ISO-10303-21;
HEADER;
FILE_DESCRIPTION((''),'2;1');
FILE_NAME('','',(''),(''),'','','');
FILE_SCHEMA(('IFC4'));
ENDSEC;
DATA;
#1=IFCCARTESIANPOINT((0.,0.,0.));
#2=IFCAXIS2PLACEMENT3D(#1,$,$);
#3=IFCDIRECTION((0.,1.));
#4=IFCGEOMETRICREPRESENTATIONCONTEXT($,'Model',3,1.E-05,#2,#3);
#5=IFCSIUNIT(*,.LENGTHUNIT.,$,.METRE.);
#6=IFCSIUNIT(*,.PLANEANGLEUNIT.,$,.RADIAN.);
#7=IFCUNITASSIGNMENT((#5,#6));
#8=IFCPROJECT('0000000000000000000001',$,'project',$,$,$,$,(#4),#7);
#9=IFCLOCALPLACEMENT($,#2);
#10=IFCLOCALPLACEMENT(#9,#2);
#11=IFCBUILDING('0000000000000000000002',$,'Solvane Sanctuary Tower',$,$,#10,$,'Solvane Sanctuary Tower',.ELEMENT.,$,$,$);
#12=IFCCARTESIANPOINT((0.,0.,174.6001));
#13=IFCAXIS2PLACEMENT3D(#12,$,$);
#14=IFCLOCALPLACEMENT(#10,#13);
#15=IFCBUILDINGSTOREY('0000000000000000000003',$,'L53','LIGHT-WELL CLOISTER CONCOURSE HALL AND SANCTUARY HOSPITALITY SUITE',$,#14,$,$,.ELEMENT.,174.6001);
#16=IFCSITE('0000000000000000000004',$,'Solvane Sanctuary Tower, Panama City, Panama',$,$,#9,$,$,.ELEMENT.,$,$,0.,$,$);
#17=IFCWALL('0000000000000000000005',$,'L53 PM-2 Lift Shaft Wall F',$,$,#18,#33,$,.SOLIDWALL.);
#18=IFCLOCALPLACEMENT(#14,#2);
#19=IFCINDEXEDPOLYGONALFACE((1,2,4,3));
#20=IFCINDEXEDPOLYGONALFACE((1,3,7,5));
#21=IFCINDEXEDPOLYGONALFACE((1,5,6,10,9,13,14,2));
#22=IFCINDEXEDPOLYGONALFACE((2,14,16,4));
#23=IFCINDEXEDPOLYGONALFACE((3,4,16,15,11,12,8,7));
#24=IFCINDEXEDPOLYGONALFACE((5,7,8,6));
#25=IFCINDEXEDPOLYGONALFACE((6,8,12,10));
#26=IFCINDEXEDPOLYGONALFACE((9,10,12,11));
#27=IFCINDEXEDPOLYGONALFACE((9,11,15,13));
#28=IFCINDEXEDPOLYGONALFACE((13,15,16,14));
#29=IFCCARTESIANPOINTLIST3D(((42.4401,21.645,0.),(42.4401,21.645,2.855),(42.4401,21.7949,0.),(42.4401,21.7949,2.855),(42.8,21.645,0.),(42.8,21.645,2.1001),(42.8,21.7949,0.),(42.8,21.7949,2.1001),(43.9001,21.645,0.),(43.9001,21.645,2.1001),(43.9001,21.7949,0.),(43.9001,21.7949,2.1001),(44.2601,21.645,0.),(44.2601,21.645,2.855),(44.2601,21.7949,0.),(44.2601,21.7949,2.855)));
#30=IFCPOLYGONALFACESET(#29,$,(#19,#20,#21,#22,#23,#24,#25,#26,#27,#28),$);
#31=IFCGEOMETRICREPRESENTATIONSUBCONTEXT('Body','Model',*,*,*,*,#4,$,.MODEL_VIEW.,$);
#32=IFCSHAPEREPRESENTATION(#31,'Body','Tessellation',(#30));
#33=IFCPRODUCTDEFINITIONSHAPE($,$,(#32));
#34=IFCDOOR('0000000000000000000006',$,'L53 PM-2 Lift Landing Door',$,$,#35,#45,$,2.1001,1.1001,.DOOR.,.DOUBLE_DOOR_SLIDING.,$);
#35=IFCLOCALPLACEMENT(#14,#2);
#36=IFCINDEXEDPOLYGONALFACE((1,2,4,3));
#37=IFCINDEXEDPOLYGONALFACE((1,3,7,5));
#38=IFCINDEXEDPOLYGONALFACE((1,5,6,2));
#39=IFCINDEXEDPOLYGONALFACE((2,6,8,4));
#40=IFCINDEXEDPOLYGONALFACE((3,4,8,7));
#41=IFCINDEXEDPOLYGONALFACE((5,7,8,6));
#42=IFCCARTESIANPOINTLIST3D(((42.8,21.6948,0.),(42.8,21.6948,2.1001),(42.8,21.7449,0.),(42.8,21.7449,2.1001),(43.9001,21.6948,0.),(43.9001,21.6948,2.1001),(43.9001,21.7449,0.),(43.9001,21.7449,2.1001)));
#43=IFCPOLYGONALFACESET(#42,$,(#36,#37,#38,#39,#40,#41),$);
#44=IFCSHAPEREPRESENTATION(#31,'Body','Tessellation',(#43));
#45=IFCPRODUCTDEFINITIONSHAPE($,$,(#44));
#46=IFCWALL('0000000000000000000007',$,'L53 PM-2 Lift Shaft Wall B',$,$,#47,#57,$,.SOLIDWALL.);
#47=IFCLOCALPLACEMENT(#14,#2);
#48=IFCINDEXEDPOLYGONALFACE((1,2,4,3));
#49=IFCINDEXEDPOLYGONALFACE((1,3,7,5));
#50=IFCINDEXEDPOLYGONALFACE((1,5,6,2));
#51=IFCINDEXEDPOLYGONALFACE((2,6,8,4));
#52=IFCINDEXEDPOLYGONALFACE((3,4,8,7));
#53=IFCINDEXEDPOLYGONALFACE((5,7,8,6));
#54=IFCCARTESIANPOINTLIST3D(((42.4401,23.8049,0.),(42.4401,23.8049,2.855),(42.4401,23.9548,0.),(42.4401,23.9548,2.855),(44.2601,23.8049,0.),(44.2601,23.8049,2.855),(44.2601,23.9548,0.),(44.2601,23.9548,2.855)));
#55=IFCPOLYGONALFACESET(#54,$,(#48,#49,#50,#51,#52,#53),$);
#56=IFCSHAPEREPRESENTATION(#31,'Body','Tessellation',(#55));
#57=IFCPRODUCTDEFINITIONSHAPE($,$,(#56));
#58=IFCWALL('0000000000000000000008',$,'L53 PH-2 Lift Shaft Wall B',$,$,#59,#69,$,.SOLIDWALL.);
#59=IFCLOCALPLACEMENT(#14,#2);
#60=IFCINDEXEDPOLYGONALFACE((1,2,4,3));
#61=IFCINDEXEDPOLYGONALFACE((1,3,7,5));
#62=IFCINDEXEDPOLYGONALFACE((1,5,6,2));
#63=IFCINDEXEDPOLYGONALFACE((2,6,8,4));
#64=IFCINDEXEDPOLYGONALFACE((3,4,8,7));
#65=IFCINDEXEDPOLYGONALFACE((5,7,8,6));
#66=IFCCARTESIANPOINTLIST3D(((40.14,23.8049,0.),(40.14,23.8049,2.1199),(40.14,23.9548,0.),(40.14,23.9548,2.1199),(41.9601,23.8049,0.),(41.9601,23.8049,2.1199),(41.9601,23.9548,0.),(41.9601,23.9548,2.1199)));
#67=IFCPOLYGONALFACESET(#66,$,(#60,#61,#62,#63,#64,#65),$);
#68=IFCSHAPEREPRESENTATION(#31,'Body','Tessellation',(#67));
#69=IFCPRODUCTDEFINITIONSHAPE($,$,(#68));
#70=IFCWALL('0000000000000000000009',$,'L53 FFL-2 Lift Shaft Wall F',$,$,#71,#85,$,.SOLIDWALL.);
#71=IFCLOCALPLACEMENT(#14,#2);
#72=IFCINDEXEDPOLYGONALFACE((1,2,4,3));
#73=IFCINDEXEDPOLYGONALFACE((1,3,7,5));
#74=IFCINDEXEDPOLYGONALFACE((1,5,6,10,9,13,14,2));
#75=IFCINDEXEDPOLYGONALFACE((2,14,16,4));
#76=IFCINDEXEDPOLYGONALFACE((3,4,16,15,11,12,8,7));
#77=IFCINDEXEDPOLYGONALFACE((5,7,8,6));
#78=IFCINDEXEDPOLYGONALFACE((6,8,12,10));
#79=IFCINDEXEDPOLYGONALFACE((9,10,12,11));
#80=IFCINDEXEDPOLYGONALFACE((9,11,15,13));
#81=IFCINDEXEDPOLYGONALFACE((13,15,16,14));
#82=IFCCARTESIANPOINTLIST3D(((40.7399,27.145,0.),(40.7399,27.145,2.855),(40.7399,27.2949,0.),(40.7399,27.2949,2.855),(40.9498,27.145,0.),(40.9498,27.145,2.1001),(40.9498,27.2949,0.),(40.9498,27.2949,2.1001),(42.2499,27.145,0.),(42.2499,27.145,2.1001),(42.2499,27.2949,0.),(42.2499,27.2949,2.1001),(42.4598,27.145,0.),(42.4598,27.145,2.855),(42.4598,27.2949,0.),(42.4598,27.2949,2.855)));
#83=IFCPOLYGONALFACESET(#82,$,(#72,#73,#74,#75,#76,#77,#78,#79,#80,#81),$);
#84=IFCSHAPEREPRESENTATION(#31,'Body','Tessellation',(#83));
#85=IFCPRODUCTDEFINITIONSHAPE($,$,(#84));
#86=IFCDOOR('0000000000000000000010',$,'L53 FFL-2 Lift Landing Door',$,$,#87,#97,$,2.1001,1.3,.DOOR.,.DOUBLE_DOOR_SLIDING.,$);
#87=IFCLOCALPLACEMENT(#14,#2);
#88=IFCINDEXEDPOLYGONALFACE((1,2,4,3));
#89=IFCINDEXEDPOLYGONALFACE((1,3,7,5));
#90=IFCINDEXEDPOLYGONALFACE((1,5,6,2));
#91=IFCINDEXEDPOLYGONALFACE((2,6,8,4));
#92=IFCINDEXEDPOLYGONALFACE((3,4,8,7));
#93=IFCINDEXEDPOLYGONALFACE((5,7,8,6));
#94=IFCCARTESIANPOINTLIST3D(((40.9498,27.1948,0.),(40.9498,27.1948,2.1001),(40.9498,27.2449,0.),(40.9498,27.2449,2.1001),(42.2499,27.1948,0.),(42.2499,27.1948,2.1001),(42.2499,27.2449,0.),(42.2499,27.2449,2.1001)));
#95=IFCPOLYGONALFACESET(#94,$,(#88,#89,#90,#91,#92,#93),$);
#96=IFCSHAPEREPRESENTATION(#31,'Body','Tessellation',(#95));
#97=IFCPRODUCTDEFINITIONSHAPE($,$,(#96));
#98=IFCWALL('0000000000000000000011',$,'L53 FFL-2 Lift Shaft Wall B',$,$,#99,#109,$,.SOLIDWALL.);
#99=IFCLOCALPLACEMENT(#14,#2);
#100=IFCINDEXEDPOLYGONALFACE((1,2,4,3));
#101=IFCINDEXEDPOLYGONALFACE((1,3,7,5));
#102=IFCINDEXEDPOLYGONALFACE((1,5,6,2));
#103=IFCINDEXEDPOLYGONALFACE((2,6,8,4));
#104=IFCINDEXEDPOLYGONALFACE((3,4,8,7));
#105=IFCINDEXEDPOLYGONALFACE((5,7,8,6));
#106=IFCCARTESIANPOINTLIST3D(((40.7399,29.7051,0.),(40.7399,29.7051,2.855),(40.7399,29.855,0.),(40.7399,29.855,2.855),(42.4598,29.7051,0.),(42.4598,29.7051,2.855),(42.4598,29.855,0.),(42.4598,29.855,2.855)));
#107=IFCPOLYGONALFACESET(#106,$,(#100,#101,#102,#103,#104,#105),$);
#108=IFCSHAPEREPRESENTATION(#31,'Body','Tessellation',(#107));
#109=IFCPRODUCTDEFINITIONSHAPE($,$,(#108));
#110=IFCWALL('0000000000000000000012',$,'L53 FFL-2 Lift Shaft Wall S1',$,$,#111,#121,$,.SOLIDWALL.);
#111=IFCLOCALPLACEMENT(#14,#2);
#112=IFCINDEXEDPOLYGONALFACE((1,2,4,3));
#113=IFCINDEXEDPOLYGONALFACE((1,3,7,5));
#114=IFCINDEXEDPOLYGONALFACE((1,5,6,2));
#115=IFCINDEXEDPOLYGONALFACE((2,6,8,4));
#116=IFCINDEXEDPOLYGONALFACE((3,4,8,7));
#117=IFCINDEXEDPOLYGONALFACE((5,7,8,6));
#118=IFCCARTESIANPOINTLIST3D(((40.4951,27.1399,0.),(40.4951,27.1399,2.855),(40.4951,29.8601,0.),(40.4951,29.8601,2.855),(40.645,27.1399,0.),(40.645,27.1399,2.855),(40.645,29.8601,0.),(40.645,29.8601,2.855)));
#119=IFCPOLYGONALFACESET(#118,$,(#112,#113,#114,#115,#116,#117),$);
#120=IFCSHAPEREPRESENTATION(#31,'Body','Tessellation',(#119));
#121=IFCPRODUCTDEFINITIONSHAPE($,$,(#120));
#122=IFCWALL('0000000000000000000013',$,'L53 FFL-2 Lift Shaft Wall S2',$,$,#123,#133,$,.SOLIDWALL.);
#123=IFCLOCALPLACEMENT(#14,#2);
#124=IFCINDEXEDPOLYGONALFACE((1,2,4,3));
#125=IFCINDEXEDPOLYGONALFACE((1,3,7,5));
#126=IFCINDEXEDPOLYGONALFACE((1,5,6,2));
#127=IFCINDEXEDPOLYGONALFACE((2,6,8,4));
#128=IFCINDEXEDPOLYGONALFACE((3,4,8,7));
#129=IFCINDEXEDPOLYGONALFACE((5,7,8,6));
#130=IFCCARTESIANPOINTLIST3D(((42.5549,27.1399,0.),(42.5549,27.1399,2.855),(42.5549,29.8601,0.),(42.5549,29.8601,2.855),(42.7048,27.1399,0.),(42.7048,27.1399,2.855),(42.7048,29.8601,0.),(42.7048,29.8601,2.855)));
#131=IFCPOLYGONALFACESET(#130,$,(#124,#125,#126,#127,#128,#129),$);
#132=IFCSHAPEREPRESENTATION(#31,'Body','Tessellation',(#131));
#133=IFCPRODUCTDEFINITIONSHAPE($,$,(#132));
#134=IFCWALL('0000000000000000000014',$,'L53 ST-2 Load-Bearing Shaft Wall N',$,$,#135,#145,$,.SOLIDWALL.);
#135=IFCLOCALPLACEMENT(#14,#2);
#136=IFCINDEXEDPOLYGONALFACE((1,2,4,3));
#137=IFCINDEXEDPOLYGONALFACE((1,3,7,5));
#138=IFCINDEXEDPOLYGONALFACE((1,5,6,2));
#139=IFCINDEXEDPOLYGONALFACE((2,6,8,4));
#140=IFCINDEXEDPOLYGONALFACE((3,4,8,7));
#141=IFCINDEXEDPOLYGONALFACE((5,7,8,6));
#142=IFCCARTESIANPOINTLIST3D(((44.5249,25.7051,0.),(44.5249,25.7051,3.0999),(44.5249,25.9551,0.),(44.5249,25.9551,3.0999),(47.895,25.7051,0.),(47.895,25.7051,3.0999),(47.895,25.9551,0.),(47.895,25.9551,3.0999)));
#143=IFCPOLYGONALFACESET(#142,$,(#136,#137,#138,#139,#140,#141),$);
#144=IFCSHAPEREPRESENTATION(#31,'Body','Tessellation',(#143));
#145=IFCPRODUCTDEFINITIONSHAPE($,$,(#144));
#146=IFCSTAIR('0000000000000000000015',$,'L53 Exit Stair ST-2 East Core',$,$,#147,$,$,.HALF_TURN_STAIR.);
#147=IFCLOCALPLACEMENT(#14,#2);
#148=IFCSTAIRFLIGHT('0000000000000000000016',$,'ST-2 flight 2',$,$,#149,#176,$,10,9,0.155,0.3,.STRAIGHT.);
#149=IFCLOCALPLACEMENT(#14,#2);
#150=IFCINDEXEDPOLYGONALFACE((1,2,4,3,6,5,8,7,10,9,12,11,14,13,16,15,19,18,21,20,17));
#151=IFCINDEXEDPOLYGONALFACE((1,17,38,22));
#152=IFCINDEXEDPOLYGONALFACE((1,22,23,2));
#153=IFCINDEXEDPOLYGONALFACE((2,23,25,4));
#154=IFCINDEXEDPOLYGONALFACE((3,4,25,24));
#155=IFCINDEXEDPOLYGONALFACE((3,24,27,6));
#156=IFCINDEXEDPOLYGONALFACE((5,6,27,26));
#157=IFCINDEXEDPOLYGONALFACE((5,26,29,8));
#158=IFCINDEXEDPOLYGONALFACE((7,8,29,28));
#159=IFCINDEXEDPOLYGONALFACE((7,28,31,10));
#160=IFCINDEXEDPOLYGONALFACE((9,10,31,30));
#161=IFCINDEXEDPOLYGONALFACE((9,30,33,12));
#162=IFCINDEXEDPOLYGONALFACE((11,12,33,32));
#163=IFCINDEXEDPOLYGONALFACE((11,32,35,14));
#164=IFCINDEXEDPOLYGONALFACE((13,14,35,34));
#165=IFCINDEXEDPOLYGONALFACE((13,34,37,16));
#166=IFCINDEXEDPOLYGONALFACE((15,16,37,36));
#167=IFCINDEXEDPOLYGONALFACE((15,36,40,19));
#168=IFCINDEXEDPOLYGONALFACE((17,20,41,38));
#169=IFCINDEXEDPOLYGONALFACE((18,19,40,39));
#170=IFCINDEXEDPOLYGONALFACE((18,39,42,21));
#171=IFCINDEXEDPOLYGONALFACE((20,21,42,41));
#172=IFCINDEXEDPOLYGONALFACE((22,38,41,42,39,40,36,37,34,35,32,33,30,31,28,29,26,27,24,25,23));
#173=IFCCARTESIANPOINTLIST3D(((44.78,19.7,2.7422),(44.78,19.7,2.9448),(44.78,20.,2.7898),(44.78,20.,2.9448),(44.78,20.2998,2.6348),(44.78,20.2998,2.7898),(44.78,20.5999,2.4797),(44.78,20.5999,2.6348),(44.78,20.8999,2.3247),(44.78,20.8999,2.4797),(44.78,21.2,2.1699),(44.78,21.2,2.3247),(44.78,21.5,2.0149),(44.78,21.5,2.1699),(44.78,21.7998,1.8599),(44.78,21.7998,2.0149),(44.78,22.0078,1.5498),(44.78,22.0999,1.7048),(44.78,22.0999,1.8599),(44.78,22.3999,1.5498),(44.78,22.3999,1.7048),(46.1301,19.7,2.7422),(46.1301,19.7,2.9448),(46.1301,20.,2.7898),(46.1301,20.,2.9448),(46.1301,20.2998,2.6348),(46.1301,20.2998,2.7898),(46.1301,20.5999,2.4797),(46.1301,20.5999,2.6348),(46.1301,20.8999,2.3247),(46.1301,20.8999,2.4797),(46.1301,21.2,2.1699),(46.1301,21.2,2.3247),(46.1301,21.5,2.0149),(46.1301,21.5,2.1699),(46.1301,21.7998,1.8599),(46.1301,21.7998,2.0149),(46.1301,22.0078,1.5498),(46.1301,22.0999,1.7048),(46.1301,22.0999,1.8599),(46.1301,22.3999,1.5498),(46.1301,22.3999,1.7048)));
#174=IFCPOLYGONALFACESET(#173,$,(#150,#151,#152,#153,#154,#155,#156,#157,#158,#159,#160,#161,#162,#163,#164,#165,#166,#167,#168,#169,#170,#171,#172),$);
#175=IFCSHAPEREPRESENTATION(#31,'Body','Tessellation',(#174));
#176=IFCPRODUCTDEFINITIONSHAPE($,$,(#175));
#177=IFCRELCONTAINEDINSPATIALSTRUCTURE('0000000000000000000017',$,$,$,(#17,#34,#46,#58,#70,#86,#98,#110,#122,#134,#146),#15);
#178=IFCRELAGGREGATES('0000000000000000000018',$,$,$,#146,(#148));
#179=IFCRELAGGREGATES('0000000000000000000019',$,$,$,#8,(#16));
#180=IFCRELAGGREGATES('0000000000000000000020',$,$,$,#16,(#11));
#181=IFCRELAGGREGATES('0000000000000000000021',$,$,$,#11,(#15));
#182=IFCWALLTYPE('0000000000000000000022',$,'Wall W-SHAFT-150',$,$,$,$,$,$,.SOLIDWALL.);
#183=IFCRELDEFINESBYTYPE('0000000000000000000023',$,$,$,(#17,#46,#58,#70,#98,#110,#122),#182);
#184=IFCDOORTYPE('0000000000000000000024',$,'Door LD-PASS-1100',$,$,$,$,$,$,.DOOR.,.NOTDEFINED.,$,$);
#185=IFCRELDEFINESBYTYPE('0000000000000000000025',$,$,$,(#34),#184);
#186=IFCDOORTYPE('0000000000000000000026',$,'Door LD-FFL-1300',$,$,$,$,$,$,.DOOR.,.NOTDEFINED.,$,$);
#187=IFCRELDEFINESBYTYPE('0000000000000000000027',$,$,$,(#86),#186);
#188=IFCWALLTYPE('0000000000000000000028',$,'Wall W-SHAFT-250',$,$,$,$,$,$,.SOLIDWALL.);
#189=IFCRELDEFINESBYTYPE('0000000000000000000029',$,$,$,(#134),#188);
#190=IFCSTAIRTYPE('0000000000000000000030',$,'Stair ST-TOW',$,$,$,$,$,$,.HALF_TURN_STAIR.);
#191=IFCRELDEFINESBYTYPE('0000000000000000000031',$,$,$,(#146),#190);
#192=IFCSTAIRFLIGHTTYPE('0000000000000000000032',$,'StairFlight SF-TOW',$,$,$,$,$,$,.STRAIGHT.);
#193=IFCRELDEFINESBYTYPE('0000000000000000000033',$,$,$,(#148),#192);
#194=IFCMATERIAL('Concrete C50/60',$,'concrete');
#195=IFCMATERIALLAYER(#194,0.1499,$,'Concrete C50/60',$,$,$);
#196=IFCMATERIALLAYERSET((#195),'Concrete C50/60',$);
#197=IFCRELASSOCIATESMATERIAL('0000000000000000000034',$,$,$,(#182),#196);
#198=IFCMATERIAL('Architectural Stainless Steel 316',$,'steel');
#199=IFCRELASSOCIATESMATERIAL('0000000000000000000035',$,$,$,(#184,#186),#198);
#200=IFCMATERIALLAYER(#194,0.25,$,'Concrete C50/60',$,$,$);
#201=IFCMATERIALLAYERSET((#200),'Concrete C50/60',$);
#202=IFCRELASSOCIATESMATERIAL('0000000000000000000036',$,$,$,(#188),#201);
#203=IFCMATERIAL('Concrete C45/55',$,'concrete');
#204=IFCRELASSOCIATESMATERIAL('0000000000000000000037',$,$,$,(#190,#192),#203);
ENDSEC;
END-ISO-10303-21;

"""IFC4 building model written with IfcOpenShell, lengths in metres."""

from ifc_helpers import new_model, si_unit, direction, frame, frame_2d, origin, place, context, subcontext, project, spatial, polyline, rectangle, outline, extrude, material, layer, layer_set, type_object, element, fill, aggregate, save


model = new_model("IFC4")

# Units and contexts
model_context = context("Model", 3, precision=1e-05, world=origin(), true_north=direction((0.0, 1.0)))
body_context = subcontext(model_context, "Body", "Model", "MODEL_VIEW")
ifc_project = project(units=[si_unit("LENGTHUNIT", "METRE"), si_unit("PLANEANGLEUNIT", "RADIAN")], contexts=[model_context])

# Site, building, storey
site_placement = place(None, origin())
site = spatial("IfcSite", under=ifc_project, at=site_placement, Name="Solvane Sanctuary Tower, Panama City, Panama", CompositionType="ELEMENT", RefElevation=0.0)
building_placement = place(site_placement, origin())
building = spatial("IfcBuilding", under=site, at=building_placement, Name="Solvane Sanctuary Tower", LongName="Solvane Sanctuary Tower", CompositionType="ELEMENT")
storey_placement = place(building_placement, frame((0.0, 0.0, 174.6001)))
storey = spatial("IfcBuildingStorey", under=building, at=storey_placement, Name="L53", Description="LIGHT-WELL CLOISTER CONCOURSE HALL AND SANCTUARY HOSPITALITY SUITE", CompositionType="ELEMENT", Elevation=174.6001)

# Shared definitions
ifc_material_1 = material(Name="Architectural Stainless Steel 316", Category="steel")

# Wall, opening, door
ifc_material_2 = material(Name="Concrete C50/60", Category="concrete")
ifc_layer_1 = layer(ifc_material_2, 0.1499, Name="Concrete C50/60")
ifc_layer_set_1 = layer_set([ifc_layer_1], Name="Concrete C50/60")
wall_type_1 = type_object("IfcWallType", Name="Wall W-SHAFT-150", PredefinedType="SOLIDWALL", material=ifc_layer_set_1)
wall_1_placement = place(storey_placement, frame((42.4399, 21.72, 0.0), z_axis=(0.0, 0.0, 1.0), x_axis=(1.0, 0.0, 0.0)))
wall_1 = element("IfcWall", 1, at=wall_1_placement, inside=storey, type_object=wall_type_1, Name="L53 PM-2 Lift Shaft Wall F", PredefinedType="SOLIDWALL", context=body_context, shape_type="SweptSolid", body=[
    extrude(rectangle(XDim=1.8201, YDim=0.1499, at=frame_2d((0.9102, 0.0))), origin(), (0.0, 0.0, 1.0), 2.855),
])
opening_1_placement = place(wall_1_placement, frame((0.3601, 0.0, 0.0)))
opening_1 = element("IfcOpeningElement", 2, at=opening_1_placement, cuts=wall_1, PredefinedType="OPENING", context=body_context, shape_type="SweptSolid", body=[
    extrude(rectangle(XDim=1.1001, YDim=2.1001, at=frame_2d((0.55, 1.05))), frame((0.0, 0.085, 0.0), z_axis=(0.0, -1.0, 0.0), x_axis=(1.0, 0.0, 0.0)), (0.0, 0.0, 1.0), 0.1699),
])
door_type_1 = type_object("IfcDoorType", Name="Door LD-PASS-1100", OperationType="NOTDEFINED", PredefinedType="DOOR", material=ifc_material_1)
door_1_placement = place(opening_1_placement, origin())
door_1 = element("IfcDoor", 3, at=door_1_placement, inside=storey, type_object=door_type_1, Name="L53 PM-2 Lift Landing Door", OperationType="DOUBLE_DOOR_SLIDING", OverallHeight=2.1001, OverallWidth=1.1001, PredefinedType="DOOR", context=body_context, shape_type="SweptSolid", body=[
    extrude(rectangle(XDim=1.1001, YDim=2.1001, at=frame_2d((0.55, 1.05))), frame((0.0, 0.0249, 0.0), z_axis=(0.0, -1.0, 0.0), x_axis=(1.0, 0.0, 0.0)), (0.0, 0.0, 1.0), 0.05),
])
fill(opening_1, door_1)

# Walls
wall_2_placement = place(storey_placement, frame((42.4399, 23.8799, 0.0), z_axis=(0.0, 0.0, 1.0), x_axis=(1.0, 0.0, 0.0)))
element("IfcWall", 4, at=wall_2_placement, inside=storey, type_object=wall_type_1, Name="L53 PM-2 Lift Shaft Wall B", PredefinedType="SOLIDWALL", context=body_context, shape_type="SweptSolid", body=[
    extrude(rectangle(XDim=1.8201, YDim=0.1499, at=frame_2d((0.9102, 0.0))), origin(), (0.0, 0.0, 1.0), 2.855),
])
wall_3_placement = place(storey_placement, frame((40.1399, 23.8799, 0.0), z_axis=(0.0, 0.0, 1.0), x_axis=(1.0, 0.0, 0.0)))
element("IfcWall", 5, at=wall_3_placement, inside=storey, type_object=wall_type_1, Name="L53 PH-2 Lift Shaft Wall B", PredefinedType="SOLIDWALL", context=body_context, shape_type="SweptSolid", body=[
    extrude(rectangle(XDim=1.8201, YDim=0.1499, at=frame_2d((0.9102, 0.0))), origin(), (0.0, 0.0, 1.0), 2.1199),
])

# Wall, opening, door
wall_4_placement = place(storey_placement, frame((40.74, 27.22, 0.0), z_axis=(0.0, 0.0, 1.0), x_axis=(1.0, 0.0, 0.0)))
wall_4 = element("IfcWall", 6, at=wall_4_placement, inside=storey, type_object=wall_type_1, Name="L53 FFL-2 Lift Shaft Wall F", PredefinedType="SOLIDWALL", context=body_context, shape_type="SweptSolid", body=[
    extrude(rectangle(XDim=1.72, YDim=0.1499, at=frame_2d((0.8599, 0.0))), origin(), (0.0, 0.0, 1.0), 2.855),
])
opening_2_placement = place(wall_4_placement, frame((0.21, 0.0, 0.0)))
opening_2 = element("IfcOpeningElement", 7, at=opening_2_placement, cuts=wall_4, PredefinedType="OPENING", context=body_context, shape_type="SweptSolid", body=[
    extrude(rectangle(XDim=1.3, YDim=2.1001, at=frame_2d((0.6499, 1.05))), frame((0.0, 0.085, 0.0), z_axis=(0.0, -1.0, 0.0), x_axis=(1.0, 0.0, 0.0)), (0.0, 0.0, 1.0), 0.1699),
])
door_type_2 = type_object("IfcDoorType", Name="Door LD-FFL-1300", OperationType="NOTDEFINED", PredefinedType="DOOR", material=ifc_material_1)
door_2_placement = place(opening_2_placement, origin())
door_2 = element("IfcDoor", 8, at=door_2_placement, inside=storey, type_object=door_type_2, Name="L53 FFL-2 Lift Landing Door", OperationType="DOUBLE_DOOR_SLIDING", OverallHeight=2.1001, OverallWidth=1.3, PredefinedType="DOOR", context=body_context, shape_type="SweptSolid", body=[
    extrude(rectangle(XDim=1.3, YDim=2.1001, at=frame_2d((0.6499, 1.05))), frame((0.0, 0.0249, 0.0), z_axis=(0.0, -1.0, 0.0), x_axis=(1.0, 0.0, 0.0)), (0.0, 0.0, 1.0), 0.05),
])
fill(opening_2, door_2)

# Walls
wall_5_placement = place(storey_placement, frame((40.74, 29.78, 0.0), z_axis=(0.0, 0.0, 1.0), x_axis=(1.0, 0.0, 0.0)))
element("IfcWall", 9, at=wall_5_placement, inside=storey, type_object=wall_type_1, Name="L53 FFL-2 Lift Shaft Wall B", PredefinedType="SOLIDWALL", context=body_context, shape_type="SweptSolid", body=[
    extrude(rectangle(XDim=1.72, YDim=0.1499, at=frame_2d((0.8599, 0.0))), origin(), (0.0, 0.0, 1.0), 2.855),
])
for number, where, z_axis, x_axis, name in (
    (10, (40.5701, 27.1399, 0.0), (0.0, 0.0, 1.0), (0.0, 1.0, 0.0), "L53 FFL-2 Lift Shaft Wall S1"),
    (11, (42.6299, 27.1399, 0.0), (0.0, 0.0, 1.0), (0.0, 1.0, 0.0), "L53 FFL-2 Lift Shaft Wall S2"),
):
    element("IfcWall", number, at=place(storey_placement, frame(where, z_axis=z_axis, x_axis=x_axis)), inside=storey, type_object=wall_type_1, Name=name, PredefinedType="SOLIDWALL", context=body_context, shape_type="SweptSolid", body=[
        extrude(rectangle(XDim=2.7202, YDim=0.1499, at=frame_2d((1.3601, 0.0))), origin(), (0.0, 0.0, 1.0), 2.855),
    ])
ifc_layer_2 = layer(ifc_material_2, 0.25, Name="Concrete C50/60")
ifc_layer_set_2 = layer_set([ifc_layer_2], Name="Concrete C50/60")
wall_type_2 = type_object("IfcWallType", Name="Wall W-SHAFT-250", PredefinedType="SOLIDWALL", material=ifc_layer_set_2)
wall_6_placement = place(storey_placement, frame((44.5249, 25.8301, 0.0), z_axis=(0.0, 0.0, 1.0), x_axis=(1.0, 0.0, 0.0)))
element("IfcWall", 12, at=wall_6_placement, inside=storey, type_object=wall_type_2, Name="L53 ST-2 Load-Bearing Shaft Wall N", PredefinedType="SOLIDWALL", context=body_context, shape_type="SweptSolid", body=[
    extrude(rectangle(XDim=3.3701, YDim=0.25, at=frame_2d((1.6851, 0.0))), origin(), (0.0, 0.0, 1.0), 3.0999),
])

# Stair, stair flight
ifc_material_3 = material(Name="Concrete C45/55", Category="concrete")
stair_type = type_object("IfcStairType", Name="Stair ST-TOW", PredefinedType="HALF_TURN_STAIR", material=ifc_material_3)
stair_placement = place(storey_placement, origin())
stair = element("IfcStair", 13, at=stair_placement, inside=storey, type_object=stair_type, Name="L53 Exit Stair ST-2 East Core", PredefinedType="HALF_TURN_STAIR")
stair_flight_type = type_object("IfcStairFlightType", Name="StairFlight SF-TOW", PredefinedType="STRAIGHT", material=ifc_material_3)
stair_flight_placement = place(storey_placement, frame((45.4551, 22.3999, 1.5498), z_axis=(0.0, 0.0, 1.0), x_axis=(0.0, -1.0, 0.0)))
stair_flight = element("IfcStairFlight", 14, at=stair_flight_placement, type_object=stair_flight_type, Name="ST-2 flight 2", NumberOfRisers=10, NumberOfTreads=9, PredefinedType="STRAIGHT", RiserHeight=0.155, TreadLength=0.3, context=body_context, shape_type="SweptSolid", body=[
    extrude(outline(polyline([(0.0, 0.0), (0.0, 0.155), (0.3, 0.155), (0.3, 0.3101), (0.6001, 0.3101), (0.6001, 0.4651), (0.8999, 0.4651), (0.8999, 0.6201), (1.2, 0.6201), (1.2, 0.7749), (1.5, 0.7749), (1.5, 0.9299), (1.8, 0.9299), (1.8, 1.085), (2.1001, 1.085), (2.1001, 1.24), (2.3999, 1.24), (2.3999, 1.395), (2.7, 1.395), (2.7, 1.55), (2.7, 1.1924), (0.3921, 0.0), (0.0, 0.0)])), frame((0.0, 0.675, 0.0), z_axis=(0.0, -1.0, 0.0), x_axis=(1.0, 0.0, 0.0)), (0.0, 0.0, 1.0), 1.3501),
])
aggregate(stair, [stair_flight])

save(model, "model.ifc")
